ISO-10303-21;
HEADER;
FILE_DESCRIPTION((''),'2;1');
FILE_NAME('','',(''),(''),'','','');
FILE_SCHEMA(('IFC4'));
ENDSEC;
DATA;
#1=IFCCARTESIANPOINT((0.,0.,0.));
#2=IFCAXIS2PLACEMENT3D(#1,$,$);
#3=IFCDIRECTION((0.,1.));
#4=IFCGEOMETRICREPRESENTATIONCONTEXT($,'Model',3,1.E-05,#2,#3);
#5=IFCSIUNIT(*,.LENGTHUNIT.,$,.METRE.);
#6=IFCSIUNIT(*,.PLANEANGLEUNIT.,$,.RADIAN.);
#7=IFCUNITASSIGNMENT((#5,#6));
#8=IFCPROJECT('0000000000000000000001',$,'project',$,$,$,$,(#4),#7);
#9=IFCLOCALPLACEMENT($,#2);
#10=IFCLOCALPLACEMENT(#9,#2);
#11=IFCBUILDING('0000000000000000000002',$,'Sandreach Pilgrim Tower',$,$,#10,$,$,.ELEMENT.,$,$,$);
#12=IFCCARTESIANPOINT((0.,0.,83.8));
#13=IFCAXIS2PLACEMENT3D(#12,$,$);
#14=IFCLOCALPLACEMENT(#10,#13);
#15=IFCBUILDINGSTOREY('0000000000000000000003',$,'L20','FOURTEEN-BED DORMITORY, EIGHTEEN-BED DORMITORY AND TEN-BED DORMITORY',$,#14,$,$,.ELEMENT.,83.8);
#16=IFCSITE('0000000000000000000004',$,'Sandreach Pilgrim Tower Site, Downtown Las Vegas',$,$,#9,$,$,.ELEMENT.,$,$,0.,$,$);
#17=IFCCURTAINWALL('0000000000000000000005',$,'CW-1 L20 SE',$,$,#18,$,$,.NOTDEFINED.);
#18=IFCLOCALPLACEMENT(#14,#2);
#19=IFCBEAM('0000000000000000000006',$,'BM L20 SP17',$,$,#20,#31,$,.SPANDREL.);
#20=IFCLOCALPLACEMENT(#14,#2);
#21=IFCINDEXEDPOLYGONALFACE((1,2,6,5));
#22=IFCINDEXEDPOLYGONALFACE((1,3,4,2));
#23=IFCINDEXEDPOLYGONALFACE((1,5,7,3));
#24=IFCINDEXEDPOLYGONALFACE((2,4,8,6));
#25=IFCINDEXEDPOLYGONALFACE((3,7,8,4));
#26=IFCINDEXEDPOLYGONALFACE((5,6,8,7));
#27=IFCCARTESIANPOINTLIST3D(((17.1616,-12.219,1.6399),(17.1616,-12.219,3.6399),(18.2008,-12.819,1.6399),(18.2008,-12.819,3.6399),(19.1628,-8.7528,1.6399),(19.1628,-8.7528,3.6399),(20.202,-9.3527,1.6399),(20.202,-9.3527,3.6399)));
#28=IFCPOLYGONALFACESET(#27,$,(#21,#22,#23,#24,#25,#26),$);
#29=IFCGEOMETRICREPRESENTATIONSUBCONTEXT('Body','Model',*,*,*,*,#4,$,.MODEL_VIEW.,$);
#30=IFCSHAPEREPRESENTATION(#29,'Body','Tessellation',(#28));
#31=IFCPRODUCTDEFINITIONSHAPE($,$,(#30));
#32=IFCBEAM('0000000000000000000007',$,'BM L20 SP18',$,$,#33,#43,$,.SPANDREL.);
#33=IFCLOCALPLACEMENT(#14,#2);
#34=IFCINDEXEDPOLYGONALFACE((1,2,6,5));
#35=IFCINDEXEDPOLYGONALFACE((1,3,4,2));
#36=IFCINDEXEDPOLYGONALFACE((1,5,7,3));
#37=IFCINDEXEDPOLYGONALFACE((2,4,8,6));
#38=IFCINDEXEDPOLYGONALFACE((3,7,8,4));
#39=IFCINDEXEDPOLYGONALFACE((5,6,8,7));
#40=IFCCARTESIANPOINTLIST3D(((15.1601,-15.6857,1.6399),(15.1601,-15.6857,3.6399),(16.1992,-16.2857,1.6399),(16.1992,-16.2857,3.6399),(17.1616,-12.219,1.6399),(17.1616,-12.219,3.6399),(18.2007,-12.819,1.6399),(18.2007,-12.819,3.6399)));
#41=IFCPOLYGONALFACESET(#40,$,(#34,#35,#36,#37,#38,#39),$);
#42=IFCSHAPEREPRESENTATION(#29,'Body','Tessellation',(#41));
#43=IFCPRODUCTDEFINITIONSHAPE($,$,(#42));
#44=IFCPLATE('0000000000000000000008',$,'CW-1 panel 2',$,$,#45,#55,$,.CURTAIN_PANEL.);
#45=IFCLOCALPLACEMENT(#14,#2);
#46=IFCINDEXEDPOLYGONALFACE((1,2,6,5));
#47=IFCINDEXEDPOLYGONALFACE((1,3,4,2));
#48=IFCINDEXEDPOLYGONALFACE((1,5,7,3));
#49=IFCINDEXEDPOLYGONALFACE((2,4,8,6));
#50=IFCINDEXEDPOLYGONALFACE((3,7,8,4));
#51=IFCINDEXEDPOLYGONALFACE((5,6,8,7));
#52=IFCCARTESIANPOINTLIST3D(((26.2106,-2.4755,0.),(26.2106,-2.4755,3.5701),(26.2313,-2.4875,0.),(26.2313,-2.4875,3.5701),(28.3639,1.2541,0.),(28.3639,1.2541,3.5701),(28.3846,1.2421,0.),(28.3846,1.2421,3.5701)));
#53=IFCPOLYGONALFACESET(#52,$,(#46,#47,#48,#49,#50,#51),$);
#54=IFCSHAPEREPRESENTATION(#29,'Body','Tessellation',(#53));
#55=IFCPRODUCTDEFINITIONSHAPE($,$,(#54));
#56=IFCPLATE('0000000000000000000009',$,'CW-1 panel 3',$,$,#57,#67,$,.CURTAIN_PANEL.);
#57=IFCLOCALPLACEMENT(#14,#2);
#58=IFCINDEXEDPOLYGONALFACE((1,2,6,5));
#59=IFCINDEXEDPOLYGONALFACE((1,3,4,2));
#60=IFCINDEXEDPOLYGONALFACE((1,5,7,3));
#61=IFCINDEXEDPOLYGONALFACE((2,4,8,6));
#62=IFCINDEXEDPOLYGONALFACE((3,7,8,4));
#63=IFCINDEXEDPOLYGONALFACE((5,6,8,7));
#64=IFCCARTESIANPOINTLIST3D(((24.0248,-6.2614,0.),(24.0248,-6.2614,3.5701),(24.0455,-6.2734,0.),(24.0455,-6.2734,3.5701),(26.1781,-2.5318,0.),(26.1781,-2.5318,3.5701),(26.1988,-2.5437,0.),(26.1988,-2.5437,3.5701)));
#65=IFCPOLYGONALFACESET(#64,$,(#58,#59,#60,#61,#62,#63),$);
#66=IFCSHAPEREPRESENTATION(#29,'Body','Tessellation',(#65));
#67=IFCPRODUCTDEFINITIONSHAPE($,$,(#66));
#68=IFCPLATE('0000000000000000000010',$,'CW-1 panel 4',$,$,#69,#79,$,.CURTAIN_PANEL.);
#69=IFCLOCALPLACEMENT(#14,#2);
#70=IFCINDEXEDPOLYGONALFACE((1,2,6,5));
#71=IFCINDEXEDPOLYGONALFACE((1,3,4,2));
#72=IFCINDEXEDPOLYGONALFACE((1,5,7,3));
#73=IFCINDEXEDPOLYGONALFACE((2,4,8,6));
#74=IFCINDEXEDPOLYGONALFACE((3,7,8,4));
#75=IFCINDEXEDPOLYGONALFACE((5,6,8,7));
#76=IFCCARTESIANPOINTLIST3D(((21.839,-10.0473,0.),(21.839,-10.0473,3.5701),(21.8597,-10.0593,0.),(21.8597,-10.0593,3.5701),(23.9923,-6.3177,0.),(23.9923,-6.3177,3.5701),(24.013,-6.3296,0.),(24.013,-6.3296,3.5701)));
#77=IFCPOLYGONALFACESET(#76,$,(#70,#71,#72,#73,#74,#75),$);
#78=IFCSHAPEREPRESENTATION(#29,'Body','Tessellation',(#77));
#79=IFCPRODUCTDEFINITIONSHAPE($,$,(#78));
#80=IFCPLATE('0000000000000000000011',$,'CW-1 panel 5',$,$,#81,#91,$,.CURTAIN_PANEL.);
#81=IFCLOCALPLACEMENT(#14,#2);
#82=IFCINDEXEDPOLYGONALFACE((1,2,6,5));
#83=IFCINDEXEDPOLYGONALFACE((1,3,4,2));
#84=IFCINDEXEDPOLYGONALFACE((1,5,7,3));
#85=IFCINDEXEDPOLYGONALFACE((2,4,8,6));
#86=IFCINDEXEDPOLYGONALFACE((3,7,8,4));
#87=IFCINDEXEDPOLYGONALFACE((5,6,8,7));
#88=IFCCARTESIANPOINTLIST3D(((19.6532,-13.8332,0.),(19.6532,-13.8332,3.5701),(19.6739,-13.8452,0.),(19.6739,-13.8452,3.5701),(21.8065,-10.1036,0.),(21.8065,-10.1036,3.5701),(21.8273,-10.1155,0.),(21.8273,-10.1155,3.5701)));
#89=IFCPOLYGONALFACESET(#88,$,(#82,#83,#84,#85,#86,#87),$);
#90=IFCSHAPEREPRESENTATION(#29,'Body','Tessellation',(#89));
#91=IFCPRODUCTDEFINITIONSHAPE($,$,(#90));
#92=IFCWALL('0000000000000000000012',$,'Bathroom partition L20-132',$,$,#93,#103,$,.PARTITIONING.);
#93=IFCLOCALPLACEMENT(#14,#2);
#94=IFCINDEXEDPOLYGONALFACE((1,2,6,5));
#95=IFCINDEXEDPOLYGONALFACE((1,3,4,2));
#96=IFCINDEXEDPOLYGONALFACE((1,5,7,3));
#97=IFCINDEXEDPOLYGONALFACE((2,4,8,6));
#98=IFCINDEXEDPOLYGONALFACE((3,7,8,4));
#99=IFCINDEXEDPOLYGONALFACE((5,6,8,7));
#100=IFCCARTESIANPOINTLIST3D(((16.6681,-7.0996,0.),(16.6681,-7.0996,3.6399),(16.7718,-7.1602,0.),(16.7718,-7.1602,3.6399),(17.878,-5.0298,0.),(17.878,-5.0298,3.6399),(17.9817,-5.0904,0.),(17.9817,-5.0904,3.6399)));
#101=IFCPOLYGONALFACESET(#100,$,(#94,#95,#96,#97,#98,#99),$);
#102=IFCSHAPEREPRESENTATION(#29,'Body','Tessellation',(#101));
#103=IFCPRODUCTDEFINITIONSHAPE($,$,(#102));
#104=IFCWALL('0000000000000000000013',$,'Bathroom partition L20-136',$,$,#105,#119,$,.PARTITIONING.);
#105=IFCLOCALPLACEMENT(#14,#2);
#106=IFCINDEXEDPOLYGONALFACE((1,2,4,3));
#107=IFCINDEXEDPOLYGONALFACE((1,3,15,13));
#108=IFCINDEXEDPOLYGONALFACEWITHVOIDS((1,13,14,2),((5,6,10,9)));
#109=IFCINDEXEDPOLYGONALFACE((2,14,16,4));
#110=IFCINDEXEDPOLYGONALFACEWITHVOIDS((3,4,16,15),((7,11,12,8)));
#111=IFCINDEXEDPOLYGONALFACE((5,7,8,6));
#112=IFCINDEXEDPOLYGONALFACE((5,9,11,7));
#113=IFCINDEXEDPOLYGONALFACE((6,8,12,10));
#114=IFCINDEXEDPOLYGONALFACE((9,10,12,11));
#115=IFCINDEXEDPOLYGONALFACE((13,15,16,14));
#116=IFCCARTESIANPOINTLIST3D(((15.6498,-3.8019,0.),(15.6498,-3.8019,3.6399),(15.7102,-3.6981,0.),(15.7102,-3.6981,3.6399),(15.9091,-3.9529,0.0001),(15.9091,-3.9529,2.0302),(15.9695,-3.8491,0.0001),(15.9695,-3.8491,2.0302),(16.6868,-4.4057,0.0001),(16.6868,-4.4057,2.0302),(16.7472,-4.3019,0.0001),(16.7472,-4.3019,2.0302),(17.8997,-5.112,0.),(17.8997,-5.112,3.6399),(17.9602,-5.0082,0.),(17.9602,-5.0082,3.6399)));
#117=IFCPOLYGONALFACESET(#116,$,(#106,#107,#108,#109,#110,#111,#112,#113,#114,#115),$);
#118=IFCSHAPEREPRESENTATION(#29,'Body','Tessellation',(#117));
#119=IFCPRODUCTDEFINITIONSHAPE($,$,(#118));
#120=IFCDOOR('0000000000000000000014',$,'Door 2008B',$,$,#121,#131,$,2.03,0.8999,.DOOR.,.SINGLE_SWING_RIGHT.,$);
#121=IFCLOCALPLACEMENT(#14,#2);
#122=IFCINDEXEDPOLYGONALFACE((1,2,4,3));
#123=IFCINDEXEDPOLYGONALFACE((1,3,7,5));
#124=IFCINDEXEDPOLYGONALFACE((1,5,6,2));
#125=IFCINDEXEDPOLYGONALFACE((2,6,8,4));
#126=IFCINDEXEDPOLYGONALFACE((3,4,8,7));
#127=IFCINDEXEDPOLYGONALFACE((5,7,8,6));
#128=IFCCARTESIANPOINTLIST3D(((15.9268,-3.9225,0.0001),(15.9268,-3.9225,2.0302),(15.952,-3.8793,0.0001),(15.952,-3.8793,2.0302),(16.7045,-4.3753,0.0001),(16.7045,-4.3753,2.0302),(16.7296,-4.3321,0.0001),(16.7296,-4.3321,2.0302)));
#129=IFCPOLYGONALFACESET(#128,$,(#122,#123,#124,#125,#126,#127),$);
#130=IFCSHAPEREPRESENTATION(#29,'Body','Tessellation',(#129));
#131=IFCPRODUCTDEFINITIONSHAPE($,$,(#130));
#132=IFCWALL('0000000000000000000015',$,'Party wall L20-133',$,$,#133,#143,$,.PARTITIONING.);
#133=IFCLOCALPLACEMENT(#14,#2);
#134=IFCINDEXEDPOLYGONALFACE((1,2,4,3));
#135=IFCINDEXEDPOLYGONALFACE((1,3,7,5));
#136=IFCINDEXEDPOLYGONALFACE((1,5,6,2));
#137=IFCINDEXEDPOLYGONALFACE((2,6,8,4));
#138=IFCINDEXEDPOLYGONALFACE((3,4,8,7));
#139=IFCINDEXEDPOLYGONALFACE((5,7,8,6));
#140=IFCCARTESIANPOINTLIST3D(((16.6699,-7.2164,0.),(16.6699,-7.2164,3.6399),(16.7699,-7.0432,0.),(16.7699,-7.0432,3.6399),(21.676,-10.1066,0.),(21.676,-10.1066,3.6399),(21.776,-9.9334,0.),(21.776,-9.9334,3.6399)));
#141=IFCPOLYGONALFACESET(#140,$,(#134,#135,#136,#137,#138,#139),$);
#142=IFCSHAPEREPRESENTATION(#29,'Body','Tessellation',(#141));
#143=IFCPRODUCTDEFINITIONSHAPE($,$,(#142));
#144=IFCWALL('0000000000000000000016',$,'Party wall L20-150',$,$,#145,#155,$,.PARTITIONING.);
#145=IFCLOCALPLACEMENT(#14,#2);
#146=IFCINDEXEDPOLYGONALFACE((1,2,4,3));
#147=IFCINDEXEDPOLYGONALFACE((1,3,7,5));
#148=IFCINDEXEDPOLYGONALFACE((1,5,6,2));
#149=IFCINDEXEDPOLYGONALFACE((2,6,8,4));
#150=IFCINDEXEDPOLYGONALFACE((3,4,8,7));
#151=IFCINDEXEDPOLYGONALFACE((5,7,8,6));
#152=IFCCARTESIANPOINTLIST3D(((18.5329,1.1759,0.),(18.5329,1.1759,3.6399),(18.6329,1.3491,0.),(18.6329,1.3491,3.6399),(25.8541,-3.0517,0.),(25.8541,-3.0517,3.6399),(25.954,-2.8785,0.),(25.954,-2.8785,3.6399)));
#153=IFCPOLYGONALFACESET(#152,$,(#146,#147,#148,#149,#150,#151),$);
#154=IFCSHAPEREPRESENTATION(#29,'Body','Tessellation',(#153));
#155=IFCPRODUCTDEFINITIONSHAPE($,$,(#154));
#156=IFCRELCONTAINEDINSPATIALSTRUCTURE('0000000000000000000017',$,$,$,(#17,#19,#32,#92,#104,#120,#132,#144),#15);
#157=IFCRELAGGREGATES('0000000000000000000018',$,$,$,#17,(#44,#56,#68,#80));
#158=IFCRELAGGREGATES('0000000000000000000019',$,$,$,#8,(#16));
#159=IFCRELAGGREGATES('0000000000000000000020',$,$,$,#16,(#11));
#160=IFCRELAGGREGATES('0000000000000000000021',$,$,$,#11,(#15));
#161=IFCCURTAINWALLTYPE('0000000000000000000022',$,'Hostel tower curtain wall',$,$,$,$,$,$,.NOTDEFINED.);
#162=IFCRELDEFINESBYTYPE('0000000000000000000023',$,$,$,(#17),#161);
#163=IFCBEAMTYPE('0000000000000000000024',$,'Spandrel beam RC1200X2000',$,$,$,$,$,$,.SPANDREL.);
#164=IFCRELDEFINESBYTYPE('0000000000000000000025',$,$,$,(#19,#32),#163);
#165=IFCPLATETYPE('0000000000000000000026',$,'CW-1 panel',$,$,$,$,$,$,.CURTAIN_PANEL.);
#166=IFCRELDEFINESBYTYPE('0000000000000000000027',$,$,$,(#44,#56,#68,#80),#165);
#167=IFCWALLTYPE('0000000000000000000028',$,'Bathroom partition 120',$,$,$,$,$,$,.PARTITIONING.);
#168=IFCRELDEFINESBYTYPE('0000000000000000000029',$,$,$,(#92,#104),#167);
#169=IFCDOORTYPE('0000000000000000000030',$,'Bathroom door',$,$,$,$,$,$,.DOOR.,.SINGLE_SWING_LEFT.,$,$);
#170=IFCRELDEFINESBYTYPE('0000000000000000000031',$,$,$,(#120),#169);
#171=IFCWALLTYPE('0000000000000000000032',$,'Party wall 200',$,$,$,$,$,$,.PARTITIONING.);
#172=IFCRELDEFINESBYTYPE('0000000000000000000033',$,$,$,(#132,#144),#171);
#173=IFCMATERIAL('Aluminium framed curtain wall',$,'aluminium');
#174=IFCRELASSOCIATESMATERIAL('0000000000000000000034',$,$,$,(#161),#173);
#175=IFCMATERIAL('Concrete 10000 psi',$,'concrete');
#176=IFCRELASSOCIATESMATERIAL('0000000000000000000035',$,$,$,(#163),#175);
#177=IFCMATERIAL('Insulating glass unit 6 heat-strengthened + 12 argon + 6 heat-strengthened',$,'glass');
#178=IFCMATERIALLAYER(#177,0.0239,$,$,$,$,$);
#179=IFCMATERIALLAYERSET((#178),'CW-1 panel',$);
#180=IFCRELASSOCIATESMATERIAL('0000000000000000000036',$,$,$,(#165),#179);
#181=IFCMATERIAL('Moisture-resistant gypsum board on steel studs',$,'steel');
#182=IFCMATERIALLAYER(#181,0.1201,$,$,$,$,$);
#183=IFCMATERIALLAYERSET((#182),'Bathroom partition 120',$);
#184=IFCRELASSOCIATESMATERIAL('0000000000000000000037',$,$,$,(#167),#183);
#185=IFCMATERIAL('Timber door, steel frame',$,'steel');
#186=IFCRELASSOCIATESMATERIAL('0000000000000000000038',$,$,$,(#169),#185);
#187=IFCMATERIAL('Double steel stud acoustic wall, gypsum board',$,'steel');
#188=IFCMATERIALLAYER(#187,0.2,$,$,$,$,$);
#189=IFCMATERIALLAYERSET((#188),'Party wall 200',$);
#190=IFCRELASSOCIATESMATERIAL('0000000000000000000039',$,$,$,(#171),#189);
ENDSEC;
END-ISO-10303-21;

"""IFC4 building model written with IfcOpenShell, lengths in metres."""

from ifc_helpers import new_model, si_unit, direction, frame, frame_2d, origin, origin_2d, place, context, subcontext, project, spatial, rectangle, extrude, material, layer, layer_set, material_profile, profile_set, type_object, element, fill, aggregate, save


model = new_model("IFC4")

# Units and contexts
model_context = context("Model", 3, precision=1e-05, world=origin(), true_north=direction((0.0, 1.0)))
body_context = subcontext(model_context, "Body", "Model", "MODEL_VIEW")
ifc_project = project(units=[si_unit("LENGTHUNIT", "METRE"), si_unit("PLANEANGLEUNIT", "RADIAN")], contexts=[model_context])

# Site, building, storey
site_placement = place(None, origin())
site = spatial("IfcSite", under=ifc_project, at=site_placement, Name="Sandreach Pilgrim Tower Site, Downtown Las Vegas", CompositionType="ELEMENT", RefElevation=0.0)
building_placement = place(site_placement, origin())
building = spatial("IfcBuilding", under=site, at=building_placement, Name="Sandreach Pilgrim Tower", CompositionType="ELEMENT")
storey_placement = place(building_placement, frame((0.0, 0.0, 83.8)))
storey = spatial("IfcBuildingStorey", under=building, at=storey_placement, Name="L20", Description="FOURTEEN-BED DORMITORY, EIGHTEEN-BED DORMITORY AND TEN-BED DORMITORY", CompositionType="ELEMENT", Elevation=83.8)

# Curtain wall
ifc_material_1 = material(Name="Aluminium framed curtain wall", Category="aluminium")
curtain_wall_type = type_object("IfcCurtainWallType", Name="Hostel tower curtain wall", PredefinedType="NOTDEFINED", material=ifc_material_1)
curtain_wall_placement = place(storey_placement, origin())
curtain_wall = element("IfcCurtainWall", 1, at=curtain_wall_placement, inside=storey, type_object=curtain_wall_type, Name="CW-1 L20 SE", PredefinedType="NOTDEFINED")

# Beams
ifc_material_2 = material(Name="Concrete 10000 psi", Category="concrete")
ifc_material_profile_1 = material_profile(ifc_material_2, rectangle(XDim=1.2, YDim=2.0, at=origin_2d()), Name="RC1200X2000")
ifc_profile_set_1 = profile_set([ifc_material_profile_1], Name="Concrete 10000 psi")
beam_type_1 = type_object("IfcBeamType", Name="Spandrel beam RC1200X2000", PredefinedType="SPANDREL", material=ifc_profile_set_1)
beam_1_placement = place(storey_placement, frame((19.6824, -9.0527, 2.6399), z_axis=(-0.49999, -0.866031, 0.0), x_axis=(0.866031, -0.49999, 0.0)))
element("IfcBeam", 2, at=beam_1_placement, inside=storey, type_object=beam_type_1, Name="BM L20 SP17", PredefinedType="SPANDREL", context=body_context, shape_type="SweptSolid", body=[
    extrude(rectangle(XDim=1.2, YDim=2.0, at=origin_2d()), origin(), (0.0, 0.0, 1.0), 4.0024),
])
beam_2_placement = place(storey_placement, frame((17.6812, -12.519, 2.6399), z_axis=(-0.500009, -0.86602, 0.0), x_axis=(0.86602, -0.500009, 0.0)))
element("IfcBeam", 3, at=beam_2_placement, inside=storey, type_object=beam_type_1, Name="BM L20 SP18", PredefinedType="SPANDREL", context=body_context, shape_type="SweptSolid", body=[
    extrude(rectangle(XDim=1.2, YDim=2.0, at=origin_2d()), origin(), (0.0, 0.0, 1.0), 4.0029),
])

# Plates
ifc_material_3 = material(Name="Insulating glass unit 6 heat-strengthened + 12 argon + 6 heat-strengthened", Category="glass")
ifc_layer_1 = layer(ifc_material_3, 0.0239)
ifc_layer_set_1 = layer_set([ifc_layer_1], Name="CW-1 panel")
plate_type = type_object("IfcPlateType", Name="CW-1 panel", PredefinedType="CURTAIN_PANEL", material=ifc_layer_set_1)
plate_1_placement = place(storey_placement, frame((27.2976, -0.6167, 0.0), z_axis=(0.0, 0.0, 1.0), x_axis=(-0.5, -0.866025, 0.0)))
plate_1 = element("IfcPlate", 4, at=plate_1_placement, type_object=plate_type, Name="CW-1 panel 2", PredefinedType="CURTAIN_PANEL", context=body_context, shape_type="SweptSolid", body=[
    extrude(rectangle(XDim=4.3066, YDim=0.0239, at=origin_2d()), origin(), (0.0, 0.0, 1.0), 3.5701),
])
plate_2_placement = place(storey_placement, frame((25.1118, -4.4026, 0.0), z_axis=(0.0, 0.0, 1.0), x_axis=(-0.5, -0.866025, 0.0)))
plate_2 = element("IfcPlate", 5, at=plate_2_placement, type_object=plate_type, Name="CW-1 panel 3", PredefinedType="CURTAIN_PANEL", context=body_context, shape_type="SweptSolid", body=[
    extrude(rectangle(XDim=4.3066, YDim=0.0239, at=origin_2d()), origin(), (0.0, 0.0, 1.0), 3.5701),
])
plate_3_placement = place(storey_placement, frame((22.926, -8.1885, 0.0), z_axis=(0.0, 0.0, 1.0), x_axis=(-0.5, -0.866025, 0.0)))
plate_3 = element("IfcPlate", 6, at=plate_3_placement, type_object=plate_type, Name="CW-1 panel 4", PredefinedType="CURTAIN_PANEL", context=body_context, shape_type="SweptSolid", body=[
    extrude(rectangle(XDim=4.3066, YDim=0.0239, at=origin_2d()), origin(), (0.0, 0.0, 1.0), 3.5701),
])
plate_4_placement = place(storey_placement, frame((20.7402, -11.9744, 0.0), z_axis=(0.0, 0.0, 1.0), x_axis=(-0.5, -0.866025, 0.0)))
plate_4 = element("IfcPlate", 7, at=plate_4_placement, type_object=plate_type, Name="CW-1 panel 5", PredefinedType="CURTAIN_PANEL", context=body_context, shape_type="SweptSolid", body=[
    extrude(rectangle(XDim=4.3066, YDim=0.0239, at=origin_2d()), origin(), (0.0, 0.0, 1.0), 3.5701),
])
aggregate(curtain_wall, [plate_1, plate_2, plate_3, plate_4])

# Wall
ifc_material_4 = material(Name="Moisture-resistant gypsum board on steel studs", Category="steel")
ifc_layer_2 = layer(ifc_material_4, 0.1201)
ifc_layer_set_2 = layer_set([ifc_layer_2], Name="Bathroom partition 120")
wall_type_1 = type_object("IfcWallType", Name="Bathroom partition 120", PredefinedType="PARTITIONING", material=ifc_layer_set_2)
wall_1_placement = place(storey_placement, frame((16.72, -7.1299, 0.0), z_axis=(0.0, 0.0, 1.0), x_axis=(0.504669, 0.863313, 0.0)))
element("IfcWall", 8, at=wall_1_placement, inside=storey, type_object=wall_type_1, Name="Bathroom partition L20-132", PredefinedType="PARTITIONING", context=body_context, shape_type="SweptSolid", body=[
    extrude(rectangle(XDim=2.3975, YDim=0.1201, at=frame_2d((1.1987, 0.0))), origin(), (0.0, 0.0, 1.0), 3.6399),
])

# Wall, opening, door
wall_2_placement = place(storey_placement, frame((17.9299, -5.0601, 0.0), z_axis=(0.0, 0.0, 1.0), x_axis=(-0.864187, 0.503171, 0.0)))
wall_2 = element("IfcWall", 9, at=wall_2_placement, inside=storey, type_object=wall_type_1, Name="Bathroom partition L20-136", PredefinedType="PARTITIONING", context=body_context, shape_type="SweptSolid", body=[
    extrude(rectangle(XDim=2.6035, YDim=0.1201, at=frame_2d((1.3018, 0.0))), origin(), (0.0, 0.0, 1.0), 3.6399),
])
opening_placement = place(wall_2_placement, frame((1.4036, 0.0, 0.0)))
opening = element("IfcOpeningElement", 10, at=opening_placement, cuts=wall_2, PredefinedType="OPENING", context=body_context, shape_type="SweptSolid", body=[
    extrude(rectangle(XDim=0.8999, YDim=2.03, at=frame_2d((0.45, 1.0151))), frame((0.0, 0.0601, 0.0), z_axis=(0.0, -1.0, 0.0), x_axis=(1.0, 0.0, 0.0)), (0.0, 0.0, 1.0), 0.1201),
])
ifc_material_5 = material(Name="Timber door, steel frame", Category="steel")
door_type = type_object("IfcDoorType", Name="Bathroom door", OperationType="SINGLE_SWING_LEFT", PredefinedType="DOOR", material=ifc_material_5)
door_placement = place(opening_placement, origin())
door = element("IfcDoor", 11, at=door_placement, inside=storey, type_object=door_type, Name="Door 2008B", OperationType="SINGLE_SWING_RIGHT", OverallHeight=2.03, OverallWidth=0.8999, PredefinedType="DOOR", context=body_context, shape_type="SweptSolid", body=[
    extrude(rectangle(XDim=0.8999, YDim=2.03, at=frame_2d((0.45, 1.0151))), frame((0.0, 0.0249, 0.0), z_axis=(0.0, -1.0, 0.0), x_axis=(1.0, 0.0, 0.0)), (0.0, 0.0, 1.0), 0.05),
])
fill(opening, door)

# Walls
ifc_material_6 = material(Name="Double steel stud acoustic wall, gypsum board", Category="steel")
ifc_layer_3 = layer(ifc_material_6, 0.2)
ifc_layer_set_3 = layer_set([ifc_layer_3], Name="Party wall 200")
wall_type_2 = type_object("IfcWallType", Name="Party wall 200", PredefinedType="PARTITIONING", material=ifc_layer_set_3)
wall_3_placement = place(storey_placement, frame((16.72, -7.1299, 0.0), z_axis=(0.0, 0.0, 1.0), x_axis=(0.866036, -0.499982, 0.0)))
element("IfcWall", 12, at=wall_3_placement, inside=storey, type_object=wall_type_2, Name="Party wall L20-133", PredefinedType="PARTITIONING", context=body_context, shape_type="SweptSolid", body=[
    extrude(rectangle(XDim=5.7805, YDim=0.2, at=frame_2d((2.8901, 0.0))), origin(), (0.0, 0.0, 1.0), 3.6399),
])
wall_4_placement = place(storey_placement, frame((25.9041, -2.9651, 0.0), z_axis=(0.0, 0.0, 1.0), x_axis=(-0.865988, 0.500065, 0.0)))
element("IfcWall", 13, at=wall_4_placement, inside=storey, type_object=wall_type_2, Name="Party wall L20-150", PredefinedType="PARTITIONING", context=body_context, shape_type="SweptSolid", body=[
    extrude(rectangle(XDim=8.4541, YDim=0.2, at=frame_2d((4.2271, 0.0))), origin(), (0.0, 0.0, 1.0), 3.6399),
])

save(model, "model.ifc")
